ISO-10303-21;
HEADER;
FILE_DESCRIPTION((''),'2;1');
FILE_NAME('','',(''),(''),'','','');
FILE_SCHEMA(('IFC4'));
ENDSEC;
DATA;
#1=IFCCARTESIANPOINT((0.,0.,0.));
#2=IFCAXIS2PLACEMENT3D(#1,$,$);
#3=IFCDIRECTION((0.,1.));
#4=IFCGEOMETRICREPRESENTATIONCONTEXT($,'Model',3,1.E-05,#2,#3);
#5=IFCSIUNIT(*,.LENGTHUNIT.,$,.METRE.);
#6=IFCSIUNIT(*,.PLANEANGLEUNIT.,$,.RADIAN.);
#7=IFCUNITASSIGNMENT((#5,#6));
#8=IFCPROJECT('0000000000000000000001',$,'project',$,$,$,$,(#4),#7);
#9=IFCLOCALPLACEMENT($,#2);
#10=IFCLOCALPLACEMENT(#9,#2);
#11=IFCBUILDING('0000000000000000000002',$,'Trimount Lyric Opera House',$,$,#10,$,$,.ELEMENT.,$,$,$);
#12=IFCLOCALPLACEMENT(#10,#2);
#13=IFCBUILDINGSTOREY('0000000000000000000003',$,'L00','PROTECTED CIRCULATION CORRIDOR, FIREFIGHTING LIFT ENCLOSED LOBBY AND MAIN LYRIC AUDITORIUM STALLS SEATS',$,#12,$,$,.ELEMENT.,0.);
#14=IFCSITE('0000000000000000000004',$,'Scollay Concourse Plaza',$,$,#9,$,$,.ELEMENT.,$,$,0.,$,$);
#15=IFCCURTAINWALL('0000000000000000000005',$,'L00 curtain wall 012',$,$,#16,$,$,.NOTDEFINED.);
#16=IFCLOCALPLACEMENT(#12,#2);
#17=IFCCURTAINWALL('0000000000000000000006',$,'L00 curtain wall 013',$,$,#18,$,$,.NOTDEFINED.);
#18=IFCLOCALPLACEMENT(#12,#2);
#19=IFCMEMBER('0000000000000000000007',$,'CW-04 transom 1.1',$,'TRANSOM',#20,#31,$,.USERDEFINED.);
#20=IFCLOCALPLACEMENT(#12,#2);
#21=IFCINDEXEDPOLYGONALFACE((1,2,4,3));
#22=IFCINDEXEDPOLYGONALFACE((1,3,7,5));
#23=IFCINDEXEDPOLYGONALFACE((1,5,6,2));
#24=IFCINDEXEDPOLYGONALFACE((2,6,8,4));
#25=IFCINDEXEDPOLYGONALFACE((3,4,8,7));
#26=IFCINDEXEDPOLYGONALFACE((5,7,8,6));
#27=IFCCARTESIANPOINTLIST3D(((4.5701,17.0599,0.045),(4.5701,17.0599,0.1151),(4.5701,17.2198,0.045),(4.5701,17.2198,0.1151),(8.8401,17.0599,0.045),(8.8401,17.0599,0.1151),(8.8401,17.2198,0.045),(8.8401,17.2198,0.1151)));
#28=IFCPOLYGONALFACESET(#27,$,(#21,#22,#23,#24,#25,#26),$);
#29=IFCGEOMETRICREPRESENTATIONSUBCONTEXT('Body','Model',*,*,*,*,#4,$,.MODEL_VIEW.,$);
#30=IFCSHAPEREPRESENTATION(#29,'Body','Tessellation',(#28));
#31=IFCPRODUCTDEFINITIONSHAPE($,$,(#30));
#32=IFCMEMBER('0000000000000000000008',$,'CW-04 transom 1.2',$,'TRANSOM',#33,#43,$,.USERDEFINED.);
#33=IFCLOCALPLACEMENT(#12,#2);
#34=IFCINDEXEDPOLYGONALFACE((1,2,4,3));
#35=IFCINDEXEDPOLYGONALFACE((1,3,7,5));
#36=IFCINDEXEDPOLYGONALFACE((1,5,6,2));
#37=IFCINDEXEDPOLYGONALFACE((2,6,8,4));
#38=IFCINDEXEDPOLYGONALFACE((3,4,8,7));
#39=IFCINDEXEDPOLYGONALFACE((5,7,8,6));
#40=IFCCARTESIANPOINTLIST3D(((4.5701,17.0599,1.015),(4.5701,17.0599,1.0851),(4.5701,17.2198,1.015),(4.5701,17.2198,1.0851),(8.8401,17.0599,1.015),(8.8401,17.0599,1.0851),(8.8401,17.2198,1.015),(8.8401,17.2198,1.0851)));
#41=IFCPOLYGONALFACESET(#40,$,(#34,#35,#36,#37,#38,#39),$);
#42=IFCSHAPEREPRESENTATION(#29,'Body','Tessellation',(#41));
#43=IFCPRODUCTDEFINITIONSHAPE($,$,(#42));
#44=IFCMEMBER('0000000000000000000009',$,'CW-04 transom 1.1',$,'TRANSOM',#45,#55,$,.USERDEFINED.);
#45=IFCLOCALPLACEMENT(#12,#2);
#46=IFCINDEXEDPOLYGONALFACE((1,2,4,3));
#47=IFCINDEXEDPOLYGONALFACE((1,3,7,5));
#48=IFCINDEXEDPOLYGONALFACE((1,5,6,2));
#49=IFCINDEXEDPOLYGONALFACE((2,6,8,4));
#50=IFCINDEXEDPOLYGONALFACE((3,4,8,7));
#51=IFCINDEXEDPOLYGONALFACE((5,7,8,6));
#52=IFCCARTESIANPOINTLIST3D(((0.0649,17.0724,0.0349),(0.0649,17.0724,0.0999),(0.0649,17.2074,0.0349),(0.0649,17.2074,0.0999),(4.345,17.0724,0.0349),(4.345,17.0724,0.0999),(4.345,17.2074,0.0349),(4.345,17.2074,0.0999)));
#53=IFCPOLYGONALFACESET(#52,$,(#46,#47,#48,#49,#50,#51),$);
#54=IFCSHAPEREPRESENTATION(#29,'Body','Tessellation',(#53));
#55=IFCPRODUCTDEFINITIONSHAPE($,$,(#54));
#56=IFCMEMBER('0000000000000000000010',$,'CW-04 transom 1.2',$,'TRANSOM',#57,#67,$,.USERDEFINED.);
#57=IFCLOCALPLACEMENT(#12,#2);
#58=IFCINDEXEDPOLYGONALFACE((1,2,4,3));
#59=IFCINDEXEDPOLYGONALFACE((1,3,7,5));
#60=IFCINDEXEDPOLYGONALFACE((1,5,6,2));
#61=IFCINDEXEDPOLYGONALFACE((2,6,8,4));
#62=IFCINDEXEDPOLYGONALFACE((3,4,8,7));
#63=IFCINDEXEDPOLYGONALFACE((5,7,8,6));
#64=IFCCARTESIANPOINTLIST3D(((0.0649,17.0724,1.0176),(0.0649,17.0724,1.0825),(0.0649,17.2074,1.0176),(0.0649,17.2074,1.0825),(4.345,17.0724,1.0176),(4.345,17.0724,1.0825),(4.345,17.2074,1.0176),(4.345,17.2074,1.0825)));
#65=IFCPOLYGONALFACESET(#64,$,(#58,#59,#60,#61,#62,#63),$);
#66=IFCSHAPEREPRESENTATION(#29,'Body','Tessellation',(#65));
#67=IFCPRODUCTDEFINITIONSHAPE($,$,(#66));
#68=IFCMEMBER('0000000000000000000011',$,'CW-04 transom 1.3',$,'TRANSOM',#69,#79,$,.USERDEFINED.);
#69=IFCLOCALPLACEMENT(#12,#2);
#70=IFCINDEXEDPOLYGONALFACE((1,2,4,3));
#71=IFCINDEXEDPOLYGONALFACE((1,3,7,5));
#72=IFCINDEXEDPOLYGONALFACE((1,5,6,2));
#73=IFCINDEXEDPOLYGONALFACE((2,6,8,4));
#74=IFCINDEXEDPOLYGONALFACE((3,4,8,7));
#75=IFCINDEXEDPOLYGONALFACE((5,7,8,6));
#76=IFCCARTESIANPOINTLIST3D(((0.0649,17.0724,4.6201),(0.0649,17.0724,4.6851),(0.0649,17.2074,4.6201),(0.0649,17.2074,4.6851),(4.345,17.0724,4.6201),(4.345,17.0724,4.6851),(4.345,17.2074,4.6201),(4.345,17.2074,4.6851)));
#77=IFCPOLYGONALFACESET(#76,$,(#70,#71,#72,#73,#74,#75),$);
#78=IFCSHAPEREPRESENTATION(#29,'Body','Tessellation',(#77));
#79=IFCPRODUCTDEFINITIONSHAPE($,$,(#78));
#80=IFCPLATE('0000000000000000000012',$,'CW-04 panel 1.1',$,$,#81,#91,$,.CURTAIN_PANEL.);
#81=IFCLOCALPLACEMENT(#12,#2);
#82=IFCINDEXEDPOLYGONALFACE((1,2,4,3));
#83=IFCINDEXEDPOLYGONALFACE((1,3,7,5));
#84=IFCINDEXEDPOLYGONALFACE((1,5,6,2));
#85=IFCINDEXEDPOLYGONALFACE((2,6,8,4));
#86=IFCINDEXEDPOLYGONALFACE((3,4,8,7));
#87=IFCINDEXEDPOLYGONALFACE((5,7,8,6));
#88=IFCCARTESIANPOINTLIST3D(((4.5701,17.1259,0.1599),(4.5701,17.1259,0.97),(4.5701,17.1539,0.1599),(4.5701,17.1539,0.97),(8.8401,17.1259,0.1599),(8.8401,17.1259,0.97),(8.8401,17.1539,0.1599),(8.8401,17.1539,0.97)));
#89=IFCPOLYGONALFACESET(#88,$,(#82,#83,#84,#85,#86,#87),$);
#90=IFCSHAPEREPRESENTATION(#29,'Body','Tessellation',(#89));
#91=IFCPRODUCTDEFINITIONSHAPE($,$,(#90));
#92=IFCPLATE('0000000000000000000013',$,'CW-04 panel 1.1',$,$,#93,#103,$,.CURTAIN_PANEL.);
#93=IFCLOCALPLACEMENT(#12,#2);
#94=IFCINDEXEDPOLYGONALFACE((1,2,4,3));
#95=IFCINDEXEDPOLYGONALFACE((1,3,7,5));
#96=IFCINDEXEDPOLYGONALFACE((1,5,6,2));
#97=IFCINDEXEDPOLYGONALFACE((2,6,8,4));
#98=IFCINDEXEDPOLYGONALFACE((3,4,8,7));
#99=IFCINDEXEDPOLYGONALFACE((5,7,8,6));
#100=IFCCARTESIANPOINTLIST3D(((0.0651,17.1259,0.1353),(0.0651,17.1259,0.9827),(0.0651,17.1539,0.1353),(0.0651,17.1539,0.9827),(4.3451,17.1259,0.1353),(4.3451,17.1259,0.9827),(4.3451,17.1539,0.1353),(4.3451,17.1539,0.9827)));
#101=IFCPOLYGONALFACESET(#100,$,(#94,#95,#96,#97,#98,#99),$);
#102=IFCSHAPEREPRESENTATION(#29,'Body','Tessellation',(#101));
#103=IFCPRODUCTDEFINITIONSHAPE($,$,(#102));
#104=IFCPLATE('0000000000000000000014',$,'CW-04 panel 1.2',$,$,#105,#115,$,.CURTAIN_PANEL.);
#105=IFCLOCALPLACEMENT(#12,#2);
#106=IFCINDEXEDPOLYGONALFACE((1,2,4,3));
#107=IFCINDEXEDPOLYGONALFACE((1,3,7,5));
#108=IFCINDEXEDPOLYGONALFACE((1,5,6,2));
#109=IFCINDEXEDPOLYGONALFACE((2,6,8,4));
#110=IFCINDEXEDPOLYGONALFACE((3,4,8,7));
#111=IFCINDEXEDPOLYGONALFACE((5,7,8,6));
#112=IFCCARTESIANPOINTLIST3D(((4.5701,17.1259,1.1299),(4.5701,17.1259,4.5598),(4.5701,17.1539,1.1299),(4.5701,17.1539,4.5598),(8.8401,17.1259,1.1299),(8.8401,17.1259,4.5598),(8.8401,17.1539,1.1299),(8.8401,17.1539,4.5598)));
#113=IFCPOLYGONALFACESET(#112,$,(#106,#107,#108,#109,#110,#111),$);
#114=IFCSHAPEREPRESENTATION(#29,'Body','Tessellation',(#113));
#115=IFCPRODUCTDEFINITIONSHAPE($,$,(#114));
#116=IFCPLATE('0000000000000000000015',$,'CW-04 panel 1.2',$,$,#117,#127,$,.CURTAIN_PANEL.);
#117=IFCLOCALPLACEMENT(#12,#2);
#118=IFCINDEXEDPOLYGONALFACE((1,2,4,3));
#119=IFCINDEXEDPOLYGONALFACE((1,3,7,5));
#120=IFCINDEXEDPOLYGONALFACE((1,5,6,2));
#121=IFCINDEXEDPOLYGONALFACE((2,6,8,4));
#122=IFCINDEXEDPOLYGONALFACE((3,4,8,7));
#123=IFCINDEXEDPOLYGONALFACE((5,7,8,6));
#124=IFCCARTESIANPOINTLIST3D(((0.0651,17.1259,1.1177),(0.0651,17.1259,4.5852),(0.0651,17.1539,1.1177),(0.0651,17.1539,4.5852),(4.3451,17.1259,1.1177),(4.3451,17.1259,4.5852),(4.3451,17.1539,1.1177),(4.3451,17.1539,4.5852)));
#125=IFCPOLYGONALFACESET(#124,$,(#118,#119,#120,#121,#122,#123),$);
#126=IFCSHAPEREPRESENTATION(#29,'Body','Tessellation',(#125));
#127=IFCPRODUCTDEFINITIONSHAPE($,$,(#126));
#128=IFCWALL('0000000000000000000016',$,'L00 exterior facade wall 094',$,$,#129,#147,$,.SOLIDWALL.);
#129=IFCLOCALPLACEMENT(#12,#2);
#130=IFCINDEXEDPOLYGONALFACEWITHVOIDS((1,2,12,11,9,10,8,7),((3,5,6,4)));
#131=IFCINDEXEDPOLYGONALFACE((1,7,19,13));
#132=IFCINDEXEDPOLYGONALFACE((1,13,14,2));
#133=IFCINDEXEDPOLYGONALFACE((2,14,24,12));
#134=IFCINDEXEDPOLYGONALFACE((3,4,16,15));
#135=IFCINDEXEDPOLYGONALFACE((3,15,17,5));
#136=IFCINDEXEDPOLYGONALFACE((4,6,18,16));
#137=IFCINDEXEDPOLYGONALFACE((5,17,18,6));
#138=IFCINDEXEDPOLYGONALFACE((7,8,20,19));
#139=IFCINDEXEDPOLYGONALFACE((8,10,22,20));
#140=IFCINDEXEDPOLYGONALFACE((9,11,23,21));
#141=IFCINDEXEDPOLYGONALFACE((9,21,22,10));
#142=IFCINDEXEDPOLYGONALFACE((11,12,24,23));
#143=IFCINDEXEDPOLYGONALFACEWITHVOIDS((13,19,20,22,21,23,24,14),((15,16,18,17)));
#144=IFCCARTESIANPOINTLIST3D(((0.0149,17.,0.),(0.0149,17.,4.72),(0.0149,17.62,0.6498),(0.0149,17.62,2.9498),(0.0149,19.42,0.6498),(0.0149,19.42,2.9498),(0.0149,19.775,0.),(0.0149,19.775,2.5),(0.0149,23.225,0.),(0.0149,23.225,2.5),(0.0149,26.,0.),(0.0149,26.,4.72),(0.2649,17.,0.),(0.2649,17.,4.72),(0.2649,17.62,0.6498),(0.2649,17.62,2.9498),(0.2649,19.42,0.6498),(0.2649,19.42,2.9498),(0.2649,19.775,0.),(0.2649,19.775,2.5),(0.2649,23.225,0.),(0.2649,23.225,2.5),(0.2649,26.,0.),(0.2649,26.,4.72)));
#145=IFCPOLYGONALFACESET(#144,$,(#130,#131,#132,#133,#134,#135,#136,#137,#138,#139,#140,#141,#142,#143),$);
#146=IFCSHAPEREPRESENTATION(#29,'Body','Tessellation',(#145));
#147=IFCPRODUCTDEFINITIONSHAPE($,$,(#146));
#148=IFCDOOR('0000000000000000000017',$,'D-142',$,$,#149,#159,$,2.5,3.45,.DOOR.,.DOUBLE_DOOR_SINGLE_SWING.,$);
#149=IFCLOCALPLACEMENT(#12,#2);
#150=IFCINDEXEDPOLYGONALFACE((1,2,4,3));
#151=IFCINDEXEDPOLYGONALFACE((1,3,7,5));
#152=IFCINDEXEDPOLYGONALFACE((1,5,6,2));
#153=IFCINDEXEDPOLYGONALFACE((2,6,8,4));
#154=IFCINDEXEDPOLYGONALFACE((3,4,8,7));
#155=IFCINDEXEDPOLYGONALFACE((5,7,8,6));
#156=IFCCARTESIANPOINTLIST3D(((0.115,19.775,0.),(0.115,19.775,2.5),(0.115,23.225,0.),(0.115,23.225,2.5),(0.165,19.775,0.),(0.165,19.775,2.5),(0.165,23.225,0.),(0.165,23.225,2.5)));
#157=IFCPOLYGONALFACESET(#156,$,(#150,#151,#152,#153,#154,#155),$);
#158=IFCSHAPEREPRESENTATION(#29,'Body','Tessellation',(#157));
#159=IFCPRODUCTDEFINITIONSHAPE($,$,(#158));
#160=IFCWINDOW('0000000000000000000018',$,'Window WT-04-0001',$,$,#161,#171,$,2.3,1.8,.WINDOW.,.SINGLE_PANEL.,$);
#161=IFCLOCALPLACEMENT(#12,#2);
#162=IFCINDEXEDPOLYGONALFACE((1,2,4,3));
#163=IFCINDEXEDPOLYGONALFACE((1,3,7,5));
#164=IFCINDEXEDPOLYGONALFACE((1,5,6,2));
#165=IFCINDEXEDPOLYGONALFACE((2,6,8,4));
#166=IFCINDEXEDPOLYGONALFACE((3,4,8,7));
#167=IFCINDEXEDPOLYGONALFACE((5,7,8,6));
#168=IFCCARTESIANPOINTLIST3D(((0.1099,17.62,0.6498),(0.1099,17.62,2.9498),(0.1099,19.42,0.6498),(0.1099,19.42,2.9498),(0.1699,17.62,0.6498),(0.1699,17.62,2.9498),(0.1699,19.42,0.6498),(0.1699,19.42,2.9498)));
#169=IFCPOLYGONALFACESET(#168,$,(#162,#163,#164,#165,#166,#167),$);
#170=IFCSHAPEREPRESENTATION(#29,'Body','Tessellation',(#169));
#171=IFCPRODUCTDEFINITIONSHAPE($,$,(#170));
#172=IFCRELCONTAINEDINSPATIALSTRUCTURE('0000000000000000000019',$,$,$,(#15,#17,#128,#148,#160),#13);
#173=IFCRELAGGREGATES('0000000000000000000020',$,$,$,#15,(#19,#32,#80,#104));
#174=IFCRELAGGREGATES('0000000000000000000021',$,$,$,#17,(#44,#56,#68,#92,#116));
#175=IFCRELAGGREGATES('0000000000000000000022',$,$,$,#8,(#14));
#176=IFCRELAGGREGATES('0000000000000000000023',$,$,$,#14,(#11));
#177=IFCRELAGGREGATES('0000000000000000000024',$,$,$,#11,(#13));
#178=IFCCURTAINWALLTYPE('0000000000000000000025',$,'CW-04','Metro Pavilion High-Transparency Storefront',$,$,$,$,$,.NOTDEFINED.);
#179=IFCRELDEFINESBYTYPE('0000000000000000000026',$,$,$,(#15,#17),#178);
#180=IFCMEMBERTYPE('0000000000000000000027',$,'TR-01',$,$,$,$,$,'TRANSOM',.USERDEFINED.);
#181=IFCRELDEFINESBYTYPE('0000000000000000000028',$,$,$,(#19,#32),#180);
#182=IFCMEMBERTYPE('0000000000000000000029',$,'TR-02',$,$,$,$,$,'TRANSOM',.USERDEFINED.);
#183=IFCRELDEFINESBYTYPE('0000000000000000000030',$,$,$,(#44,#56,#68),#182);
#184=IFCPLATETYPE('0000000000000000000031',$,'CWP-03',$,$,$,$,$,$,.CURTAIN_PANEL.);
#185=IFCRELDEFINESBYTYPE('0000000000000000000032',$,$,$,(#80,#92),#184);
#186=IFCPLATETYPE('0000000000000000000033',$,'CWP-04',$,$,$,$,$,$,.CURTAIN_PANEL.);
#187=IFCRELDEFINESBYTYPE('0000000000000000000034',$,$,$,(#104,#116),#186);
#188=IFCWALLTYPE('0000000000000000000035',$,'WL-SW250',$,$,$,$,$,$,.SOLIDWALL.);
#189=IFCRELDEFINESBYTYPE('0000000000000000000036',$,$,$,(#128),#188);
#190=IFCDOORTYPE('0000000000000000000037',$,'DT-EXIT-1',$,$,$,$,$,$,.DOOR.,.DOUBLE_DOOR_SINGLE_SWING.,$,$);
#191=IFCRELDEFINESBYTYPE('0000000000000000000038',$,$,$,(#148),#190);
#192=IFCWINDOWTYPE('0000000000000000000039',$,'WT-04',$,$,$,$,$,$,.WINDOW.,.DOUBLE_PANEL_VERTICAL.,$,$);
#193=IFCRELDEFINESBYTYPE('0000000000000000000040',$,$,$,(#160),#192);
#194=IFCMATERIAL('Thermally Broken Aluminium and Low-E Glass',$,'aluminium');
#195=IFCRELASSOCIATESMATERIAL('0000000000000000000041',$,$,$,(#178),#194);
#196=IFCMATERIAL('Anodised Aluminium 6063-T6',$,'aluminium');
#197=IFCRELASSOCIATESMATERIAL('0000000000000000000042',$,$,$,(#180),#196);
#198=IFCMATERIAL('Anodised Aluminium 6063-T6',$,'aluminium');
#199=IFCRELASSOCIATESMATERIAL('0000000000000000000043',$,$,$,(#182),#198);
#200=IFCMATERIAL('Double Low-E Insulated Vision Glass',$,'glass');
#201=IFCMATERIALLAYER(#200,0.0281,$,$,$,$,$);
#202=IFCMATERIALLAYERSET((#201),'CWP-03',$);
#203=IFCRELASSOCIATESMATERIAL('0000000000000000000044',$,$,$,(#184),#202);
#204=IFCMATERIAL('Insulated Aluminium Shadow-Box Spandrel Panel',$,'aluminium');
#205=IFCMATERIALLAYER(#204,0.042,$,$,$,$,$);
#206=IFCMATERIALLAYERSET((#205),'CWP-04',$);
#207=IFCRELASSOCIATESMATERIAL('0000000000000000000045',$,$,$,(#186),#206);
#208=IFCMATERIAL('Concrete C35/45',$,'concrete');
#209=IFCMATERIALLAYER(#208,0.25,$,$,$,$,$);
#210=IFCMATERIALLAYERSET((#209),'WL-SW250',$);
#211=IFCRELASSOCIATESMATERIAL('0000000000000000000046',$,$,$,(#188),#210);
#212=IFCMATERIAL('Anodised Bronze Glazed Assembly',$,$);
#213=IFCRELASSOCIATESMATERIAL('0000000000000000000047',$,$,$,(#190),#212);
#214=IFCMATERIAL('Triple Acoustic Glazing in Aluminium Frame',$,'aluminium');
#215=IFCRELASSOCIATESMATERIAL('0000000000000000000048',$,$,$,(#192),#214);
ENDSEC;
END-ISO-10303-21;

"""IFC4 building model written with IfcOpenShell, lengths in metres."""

from ifc_helpers import new_model, si_unit, direction, frame, frame_2d, origin, origin_2d, place, context, subcontext, project, spatial, rectangle, extrude, material, layer, layer_set, material_profile, profile_set, type_object, element, fill, aggregate, save


model = new_model("IFC4")

# Units and contexts
model_context = context("Model", 3, precision=1e-05, world=origin(), true_north=direction((0.0, 1.0)))
body_context = subcontext(model_context, "Body", "Model", "MODEL_VIEW")
ifc_project = project(units=[si_unit("LENGTHUNIT", "METRE"), si_unit("PLANEANGLEUNIT", "RADIAN")], contexts=[model_context])

# Site, building, storey
site_placement = place(None, origin())
site = spatial("IfcSite", under=ifc_project, at=site_placement, Name="Scollay Concourse Plaza", CompositionType="ELEMENT", RefElevation=0.0)
building_placement = place(site_placement, origin())
building = spatial("IfcBuilding", under=site, at=building_placement, Name="Trimount Lyric Opera House", CompositionType="ELEMENT")
storey_placement = place(building_placement, origin())
storey = spatial("IfcBuildingStorey", under=building, at=storey_placement, Name="L00", Description="PROTECTED CIRCULATION CORRIDOR, FIREFIGHTING LIFT ENCLOSED LOBBY AND MAIN LYRIC AUDITORIUM STALLS SEATS", CompositionType="ELEMENT", Elevation=0.0)

# Curtain wall
ifc_material_1 = material(Name="Thermally Broken Aluminium and Low-E Glass", Category="aluminium")
curtain_wall_type = type_object("IfcCurtainWallType", Name="CW-04", Description="Metro Pavilion High-Transparency Storefront", PredefinedType="NOTDEFINED", material=ifc_material_1)
curtain_wall_1_placement = place(storey_placement, origin())
curtain_wall_1 = element("IfcCurtainWall", 1, at=curtain_wall_1_placement, inside=storey, type_object=curtain_wall_type, Name="L00 curtain wall 012", PredefinedType="NOTDEFINED")

# Curtain wall
curtain_wall_2_placement = place(storey_placement, origin())
curtain_wall_2 = element("IfcCurtainWall", 2, at=curtain_wall_2_placement, inside=storey, type_object=curtain_wall_type, Name="L00 curtain wall 013", PredefinedType="NOTDEFINED")

# Members
ifc_material_2 = material(Name="Anodised Aluminium 6063-T6", Category="aluminium")
ifc_material_profile_1 = material_profile(ifc_material_2, rectangle(XDim=0.1599, YDim=0.0701, at=origin_2d()), Name="ALU-TRAN-70X160")
ifc_profile_set_1 = profile_set([ifc_material_profile_1], Name="Anodised Aluminium 6063-T6")
member_type_1 = type_object("IfcMemberType", Name="TR-01", ElementType="TRANSOM", PredefinedType="USERDEFINED", material=ifc_profile_set_1)
member_1_placement = place(storey_placement, frame((8.8401, 17.1399, 0.0801), z_axis=(-1.0, 0.0, 0.0), x_axis=(0.0, -1.0, 0.0)))
member_1 = element("IfcMember", 3, at=member_1_placement, type_object=member_type_1, Name="CW-04 transom 1.1", ObjectType="TRANSOM", PredefinedType="USERDEFINED", context=body_context, shape_type="SweptSolid", body=[
    extrude(rectangle(XDim=0.1599, YDim=0.0701, at=origin_2d()), origin(), (0.0, 0.0, 1.0), 4.27),
])
member_2_placement = place(storey_placement, frame((8.8401, 17.1399, 1.05), z_axis=(-1.0, 0.0, 0.0), x_axis=(0.0, -1.0, 0.0)))
member_2 = element("IfcMember", 4, at=member_2_placement, type_object=member_type_1, Name="CW-04 transom 1.2", ObjectType="TRANSOM", PredefinedType="USERDEFINED", context=body_context, shape_type="SweptSolid", body=[
    extrude(rectangle(XDim=0.1599, YDim=0.0701, at=origin_2d()), origin(), (0.0, 0.0, 1.0), 4.27),
])
ifc_material_3 = material(Name="Anodised Aluminium 6063-T6", Category="aluminium")
ifc_material_profile_2 = material_profile(ifc_material_3, rectangle(XDim=0.135, YDim=0.0649, at=origin_2d()), Name="ALU-TRAN-65X135")
ifc_profile_set_2 = profile_set([ifc_material_profile_2], Name="Anodised Aluminium 6063-T6")
member_type_2 = type_object("IfcMemberType", Name="TR-02", ElementType="TRANSOM", PredefinedType="USERDEFINED", material=ifc_profile_set_2)
member_3_placement = place(storey_placement, frame((4.345, 17.1399, 0.0674), z_axis=(-1.0, 0.0, 0.0), x_axis=(0.0, -1.0, 0.0)))
member_3 = element("IfcMember", 5, at=member_3_placement, type_object=member_type_2, Name="CW-04 transom 1.1", ObjectType="TRANSOM", PredefinedType="USERDEFINED", context=body_context, shape_type="SweptSolid", body=[
    extrude(rectangle(XDim=0.135, YDim=0.0649, at=origin_2d()), origin(), (0.0, 0.0, 1.0), 4.28),
])
member_4_placement = place(storey_placement, frame((4.345, 17.1399, 1.05), z_axis=(-1.0, 0.0, 0.0), x_axis=(0.0, -1.0, 0.0)))
member_4 = element("IfcMember", 6, at=member_4_placement, type_object=member_type_2, Name="CW-04 transom 1.2", ObjectType="TRANSOM", PredefinedType="USERDEFINED", context=body_context, shape_type="SweptSolid", body=[
    extrude(rectangle(XDim=0.135, YDim=0.0649, at=origin_2d()), origin(), (0.0, 0.0, 1.0), 4.28),
])
member_5_placement = place(storey_placement, frame((4.345, 17.1399, 4.6526), z_axis=(-1.0, 0.0, 0.0), x_axis=(0.0, -1.0, 0.0)))
member_5 = element("IfcMember", 7, at=member_5_placement, type_object=member_type_2, Name="CW-04 transom 1.3", ObjectType="TRANSOM", PredefinedType="USERDEFINED", context=body_context, shape_type="SweptSolid", body=[
    extrude(rectangle(XDim=0.135, YDim=0.0649, at=origin_2d()), origin(), (0.0, 0.0, 1.0), 4.28),
])

# Plates
ifc_material_4 = material(Name="Double Low-E Insulated Vision Glass", Category="glass")
ifc_layer_1 = layer(ifc_material_4, 0.0281)
ifc_layer_set_1 = layer_set([ifc_layer_1], Name="CWP-03")
plate_type_1 = type_object("IfcPlateType", Name="CWP-03", PredefinedType="CURTAIN_PANEL", material=ifc_layer_set_1)
plate_1_placement = place(storey_placement, frame((6.7051, 17.1399, 0.1599), z_axis=(0.0, 0.0, 1.0), x_axis=(-1.0, 0.0, 0.0)))
plate_1 = element("IfcPlate", 8, at=plate_1_placement, type_object=plate_type_1, Name="CW-04 panel 1.1", PredefinedType="CURTAIN_PANEL", context=body_context, shape_type="SweptSolid", body=[
    extrude(rectangle(XDim=4.27, YDim=0.0281, at=origin_2d()), origin(), (0.0, 0.0, 1.0), 0.8101),
])
plate_2_placement = place(storey_placement, frame((2.2051, 17.1399, 0.1353), z_axis=(0.0, 0.0, 1.0), x_axis=(-1.0, 0.0, 0.0)))
plate_2 = element("IfcPlate", 9, at=plate_2_placement, type_object=plate_type_1, Name="CW-04 panel 1.1", PredefinedType="CURTAIN_PANEL", context=body_context, shape_type="SweptSolid", body=[
    extrude(rectangle(XDim=4.28, YDim=0.0281, at=origin_2d()), origin(), (0.0, 0.0, 1.0), 0.8474),
])
ifc_material_5 = material(Name="Insulated Aluminium Shadow-Box Spandrel Panel", Category="aluminium")
ifc_layer_2 = layer(ifc_material_5, 0.042)
ifc_layer_set_2 = layer_set([ifc_layer_2], Name="CWP-04")
plate_type_2 = type_object("IfcPlateType", Name="CWP-04", PredefinedType="CURTAIN_PANEL", material=ifc_layer_set_2)
plate_3_placement = place(storey_placement, frame((6.7051, 17.1399, 1.1299), z_axis=(0.0, 0.0, 1.0), x_axis=(-1.0, 0.0, 0.0)))
plate_3 = element("IfcPlate", 10, at=plate_3_placement, type_object=plate_type_2, Name="CW-04 panel 1.2", PredefinedType="CURTAIN_PANEL", context=body_context, shape_type="SweptSolid", body=[
    extrude(rectangle(XDim=4.27, YDim=0.0281, at=origin_2d()), origin(), (0.0, 0.0, 1.0), 3.4299),
])
aggregate(curtain_wall_1, [member_1, member_2, plate_1, plate_3])
plate_4_placement = place(storey_placement, frame((2.2051, 17.1399, 1.1177), z_axis=(0.0, 0.0, 1.0), x_axis=(-1.0, 0.0, 0.0)))
plate_4 = element("IfcPlate", 11, at=plate_4_placement, type_object=plate_type_2, Name="CW-04 panel 1.2", PredefinedType="CURTAIN_PANEL", context=body_context, shape_type="SweptSolid", body=[
    extrude(rectangle(XDim=4.28, YDim=0.0281, at=origin_2d()), origin(), (0.0, 0.0, 1.0), 3.4675),
])
aggregate(curtain_wall_2, [member_3, member_4, member_5, plate_2, plate_4])

# Wall, openings, door, window
ifc_material_6 = material(Name="Concrete C35/45", Category="concrete")
ifc_layer_3 = layer(ifc_material_6, 0.25)
ifc_layer_set_3 = layer_set([ifc_layer_3], Name="WL-SW250")
wall_type = type_object("IfcWallType", Name="WL-SW250", PredefinedType="SOLIDWALL", material=ifc_layer_set_3)
wall_placement = place(storey_placement, frame((0.1399, 17.0, 0.0), z_axis=(0.0, 0.0, 1.0), x_axis=(0.0, 1.0, 0.0)))
wall = element("IfcWall", 12, at=wall_placement, inside=storey, type_object=wall_type, Name="L00 exterior facade wall 094", PredefinedType="SOLIDWALL", context=body_context, shape_type="SweptSolid", body=[
    extrude(rectangle(XDim=9.0, YDim=0.25, at=frame_2d((4.5, 0.0))), origin(), (0.0, 0.0, 1.0), 4.72),
])
opening_1_placement = place(wall_placement, frame((0.6201, 0.0, 0.6499)))
opening_1 = element("IfcOpeningElement", 13, at=opening_1_placement, cuts=wall, PredefinedType="OPENING", context=body_context, shape_type="SweptSolid", body=[
    extrude(rectangle(XDim=1.8, YDim=2.3, at=frame_2d((0.8999, 1.1499))), frame((0.0, 0.135, 0.0), z_axis=(0.0, -1.0, 0.0), x_axis=(1.0, 0.0, 0.0)), (0.0, 0.0, 1.0), 0.27),
])
opening_2_placement = place(wall_placement, frame((2.7749, 0.0, 0.0)))
opening_2 = element("IfcOpeningElement", 14, at=opening_2_placement, cuts=wall, PredefinedType="OPENING", context=body_context, shape_type="SweptSolid", body=[
    extrude(rectangle(XDim=3.45, YDim=2.5, at=frame_2d((1.7251, 1.25))), frame((0.0, 0.135, 0.0), z_axis=(0.0, -1.0, 0.0), x_axis=(1.0, 0.0, 0.0)), (0.0, 0.0, 1.0), 0.27),
])
ifc_material_7 = material(Name="Anodised Bronze Glazed Assembly")
door_type = type_object("IfcDoorType", Name="DT-EXIT-1", OperationType="DOUBLE_DOOR_SINGLE_SWING", PredefinedType="DOOR", material=ifc_material_7)
door_placement = place(opening_2_placement, origin())
door = element("IfcDoor", 15, at=door_placement, inside=storey, type_object=door_type, Name="D-142", OperationType="DOUBLE_DOOR_SINGLE_SWING", OverallHeight=2.5, OverallWidth=3.45, PredefinedType="DOOR", context=body_context, shape_type="SweptSolid", body=[
    extrude(rectangle(XDim=3.45, YDim=2.5, at=frame_2d((1.7251, 1.25))), frame((0.0, 0.0249, 0.0), z_axis=(0.0, -1.0, 0.0), x_axis=(1.0, 0.0, 0.0)), (0.0, 0.0, 1.0), 0.05),
])
fill(opening_2, door)
ifc_material_8 = material(Name="Triple Acoustic Glazing in Aluminium Frame", Category="aluminium")
window_type = type_object("IfcWindowType", Name="WT-04", PartitioningType="DOUBLE_PANEL_VERTICAL", PredefinedType="WINDOW", material=ifc_material_8)
window_placement = place(opening_1_placement, origin())
window = element("IfcWindow", 16, at=window_placement, inside=storey, type_object=window_type, Name="Window WT-04-0001", OverallHeight=2.3, OverallWidth=1.8, PartitioningType="SINGLE_PANEL", PredefinedType="WINDOW", context=body_context, shape_type="SweptSolid", body=[
    extrude(rectangle(XDim=1.8, YDim=2.3, at=frame_2d((0.8999, 1.1499))), frame((0.0, 0.03, 0.0), z_axis=(0.0, -1.0, 0.0), x_axis=(1.0, 0.0, 0.0)), (0.0, 0.0, 1.0), 0.0601),
])
fill(opening_1, window)

save(model, "model.ifc")
